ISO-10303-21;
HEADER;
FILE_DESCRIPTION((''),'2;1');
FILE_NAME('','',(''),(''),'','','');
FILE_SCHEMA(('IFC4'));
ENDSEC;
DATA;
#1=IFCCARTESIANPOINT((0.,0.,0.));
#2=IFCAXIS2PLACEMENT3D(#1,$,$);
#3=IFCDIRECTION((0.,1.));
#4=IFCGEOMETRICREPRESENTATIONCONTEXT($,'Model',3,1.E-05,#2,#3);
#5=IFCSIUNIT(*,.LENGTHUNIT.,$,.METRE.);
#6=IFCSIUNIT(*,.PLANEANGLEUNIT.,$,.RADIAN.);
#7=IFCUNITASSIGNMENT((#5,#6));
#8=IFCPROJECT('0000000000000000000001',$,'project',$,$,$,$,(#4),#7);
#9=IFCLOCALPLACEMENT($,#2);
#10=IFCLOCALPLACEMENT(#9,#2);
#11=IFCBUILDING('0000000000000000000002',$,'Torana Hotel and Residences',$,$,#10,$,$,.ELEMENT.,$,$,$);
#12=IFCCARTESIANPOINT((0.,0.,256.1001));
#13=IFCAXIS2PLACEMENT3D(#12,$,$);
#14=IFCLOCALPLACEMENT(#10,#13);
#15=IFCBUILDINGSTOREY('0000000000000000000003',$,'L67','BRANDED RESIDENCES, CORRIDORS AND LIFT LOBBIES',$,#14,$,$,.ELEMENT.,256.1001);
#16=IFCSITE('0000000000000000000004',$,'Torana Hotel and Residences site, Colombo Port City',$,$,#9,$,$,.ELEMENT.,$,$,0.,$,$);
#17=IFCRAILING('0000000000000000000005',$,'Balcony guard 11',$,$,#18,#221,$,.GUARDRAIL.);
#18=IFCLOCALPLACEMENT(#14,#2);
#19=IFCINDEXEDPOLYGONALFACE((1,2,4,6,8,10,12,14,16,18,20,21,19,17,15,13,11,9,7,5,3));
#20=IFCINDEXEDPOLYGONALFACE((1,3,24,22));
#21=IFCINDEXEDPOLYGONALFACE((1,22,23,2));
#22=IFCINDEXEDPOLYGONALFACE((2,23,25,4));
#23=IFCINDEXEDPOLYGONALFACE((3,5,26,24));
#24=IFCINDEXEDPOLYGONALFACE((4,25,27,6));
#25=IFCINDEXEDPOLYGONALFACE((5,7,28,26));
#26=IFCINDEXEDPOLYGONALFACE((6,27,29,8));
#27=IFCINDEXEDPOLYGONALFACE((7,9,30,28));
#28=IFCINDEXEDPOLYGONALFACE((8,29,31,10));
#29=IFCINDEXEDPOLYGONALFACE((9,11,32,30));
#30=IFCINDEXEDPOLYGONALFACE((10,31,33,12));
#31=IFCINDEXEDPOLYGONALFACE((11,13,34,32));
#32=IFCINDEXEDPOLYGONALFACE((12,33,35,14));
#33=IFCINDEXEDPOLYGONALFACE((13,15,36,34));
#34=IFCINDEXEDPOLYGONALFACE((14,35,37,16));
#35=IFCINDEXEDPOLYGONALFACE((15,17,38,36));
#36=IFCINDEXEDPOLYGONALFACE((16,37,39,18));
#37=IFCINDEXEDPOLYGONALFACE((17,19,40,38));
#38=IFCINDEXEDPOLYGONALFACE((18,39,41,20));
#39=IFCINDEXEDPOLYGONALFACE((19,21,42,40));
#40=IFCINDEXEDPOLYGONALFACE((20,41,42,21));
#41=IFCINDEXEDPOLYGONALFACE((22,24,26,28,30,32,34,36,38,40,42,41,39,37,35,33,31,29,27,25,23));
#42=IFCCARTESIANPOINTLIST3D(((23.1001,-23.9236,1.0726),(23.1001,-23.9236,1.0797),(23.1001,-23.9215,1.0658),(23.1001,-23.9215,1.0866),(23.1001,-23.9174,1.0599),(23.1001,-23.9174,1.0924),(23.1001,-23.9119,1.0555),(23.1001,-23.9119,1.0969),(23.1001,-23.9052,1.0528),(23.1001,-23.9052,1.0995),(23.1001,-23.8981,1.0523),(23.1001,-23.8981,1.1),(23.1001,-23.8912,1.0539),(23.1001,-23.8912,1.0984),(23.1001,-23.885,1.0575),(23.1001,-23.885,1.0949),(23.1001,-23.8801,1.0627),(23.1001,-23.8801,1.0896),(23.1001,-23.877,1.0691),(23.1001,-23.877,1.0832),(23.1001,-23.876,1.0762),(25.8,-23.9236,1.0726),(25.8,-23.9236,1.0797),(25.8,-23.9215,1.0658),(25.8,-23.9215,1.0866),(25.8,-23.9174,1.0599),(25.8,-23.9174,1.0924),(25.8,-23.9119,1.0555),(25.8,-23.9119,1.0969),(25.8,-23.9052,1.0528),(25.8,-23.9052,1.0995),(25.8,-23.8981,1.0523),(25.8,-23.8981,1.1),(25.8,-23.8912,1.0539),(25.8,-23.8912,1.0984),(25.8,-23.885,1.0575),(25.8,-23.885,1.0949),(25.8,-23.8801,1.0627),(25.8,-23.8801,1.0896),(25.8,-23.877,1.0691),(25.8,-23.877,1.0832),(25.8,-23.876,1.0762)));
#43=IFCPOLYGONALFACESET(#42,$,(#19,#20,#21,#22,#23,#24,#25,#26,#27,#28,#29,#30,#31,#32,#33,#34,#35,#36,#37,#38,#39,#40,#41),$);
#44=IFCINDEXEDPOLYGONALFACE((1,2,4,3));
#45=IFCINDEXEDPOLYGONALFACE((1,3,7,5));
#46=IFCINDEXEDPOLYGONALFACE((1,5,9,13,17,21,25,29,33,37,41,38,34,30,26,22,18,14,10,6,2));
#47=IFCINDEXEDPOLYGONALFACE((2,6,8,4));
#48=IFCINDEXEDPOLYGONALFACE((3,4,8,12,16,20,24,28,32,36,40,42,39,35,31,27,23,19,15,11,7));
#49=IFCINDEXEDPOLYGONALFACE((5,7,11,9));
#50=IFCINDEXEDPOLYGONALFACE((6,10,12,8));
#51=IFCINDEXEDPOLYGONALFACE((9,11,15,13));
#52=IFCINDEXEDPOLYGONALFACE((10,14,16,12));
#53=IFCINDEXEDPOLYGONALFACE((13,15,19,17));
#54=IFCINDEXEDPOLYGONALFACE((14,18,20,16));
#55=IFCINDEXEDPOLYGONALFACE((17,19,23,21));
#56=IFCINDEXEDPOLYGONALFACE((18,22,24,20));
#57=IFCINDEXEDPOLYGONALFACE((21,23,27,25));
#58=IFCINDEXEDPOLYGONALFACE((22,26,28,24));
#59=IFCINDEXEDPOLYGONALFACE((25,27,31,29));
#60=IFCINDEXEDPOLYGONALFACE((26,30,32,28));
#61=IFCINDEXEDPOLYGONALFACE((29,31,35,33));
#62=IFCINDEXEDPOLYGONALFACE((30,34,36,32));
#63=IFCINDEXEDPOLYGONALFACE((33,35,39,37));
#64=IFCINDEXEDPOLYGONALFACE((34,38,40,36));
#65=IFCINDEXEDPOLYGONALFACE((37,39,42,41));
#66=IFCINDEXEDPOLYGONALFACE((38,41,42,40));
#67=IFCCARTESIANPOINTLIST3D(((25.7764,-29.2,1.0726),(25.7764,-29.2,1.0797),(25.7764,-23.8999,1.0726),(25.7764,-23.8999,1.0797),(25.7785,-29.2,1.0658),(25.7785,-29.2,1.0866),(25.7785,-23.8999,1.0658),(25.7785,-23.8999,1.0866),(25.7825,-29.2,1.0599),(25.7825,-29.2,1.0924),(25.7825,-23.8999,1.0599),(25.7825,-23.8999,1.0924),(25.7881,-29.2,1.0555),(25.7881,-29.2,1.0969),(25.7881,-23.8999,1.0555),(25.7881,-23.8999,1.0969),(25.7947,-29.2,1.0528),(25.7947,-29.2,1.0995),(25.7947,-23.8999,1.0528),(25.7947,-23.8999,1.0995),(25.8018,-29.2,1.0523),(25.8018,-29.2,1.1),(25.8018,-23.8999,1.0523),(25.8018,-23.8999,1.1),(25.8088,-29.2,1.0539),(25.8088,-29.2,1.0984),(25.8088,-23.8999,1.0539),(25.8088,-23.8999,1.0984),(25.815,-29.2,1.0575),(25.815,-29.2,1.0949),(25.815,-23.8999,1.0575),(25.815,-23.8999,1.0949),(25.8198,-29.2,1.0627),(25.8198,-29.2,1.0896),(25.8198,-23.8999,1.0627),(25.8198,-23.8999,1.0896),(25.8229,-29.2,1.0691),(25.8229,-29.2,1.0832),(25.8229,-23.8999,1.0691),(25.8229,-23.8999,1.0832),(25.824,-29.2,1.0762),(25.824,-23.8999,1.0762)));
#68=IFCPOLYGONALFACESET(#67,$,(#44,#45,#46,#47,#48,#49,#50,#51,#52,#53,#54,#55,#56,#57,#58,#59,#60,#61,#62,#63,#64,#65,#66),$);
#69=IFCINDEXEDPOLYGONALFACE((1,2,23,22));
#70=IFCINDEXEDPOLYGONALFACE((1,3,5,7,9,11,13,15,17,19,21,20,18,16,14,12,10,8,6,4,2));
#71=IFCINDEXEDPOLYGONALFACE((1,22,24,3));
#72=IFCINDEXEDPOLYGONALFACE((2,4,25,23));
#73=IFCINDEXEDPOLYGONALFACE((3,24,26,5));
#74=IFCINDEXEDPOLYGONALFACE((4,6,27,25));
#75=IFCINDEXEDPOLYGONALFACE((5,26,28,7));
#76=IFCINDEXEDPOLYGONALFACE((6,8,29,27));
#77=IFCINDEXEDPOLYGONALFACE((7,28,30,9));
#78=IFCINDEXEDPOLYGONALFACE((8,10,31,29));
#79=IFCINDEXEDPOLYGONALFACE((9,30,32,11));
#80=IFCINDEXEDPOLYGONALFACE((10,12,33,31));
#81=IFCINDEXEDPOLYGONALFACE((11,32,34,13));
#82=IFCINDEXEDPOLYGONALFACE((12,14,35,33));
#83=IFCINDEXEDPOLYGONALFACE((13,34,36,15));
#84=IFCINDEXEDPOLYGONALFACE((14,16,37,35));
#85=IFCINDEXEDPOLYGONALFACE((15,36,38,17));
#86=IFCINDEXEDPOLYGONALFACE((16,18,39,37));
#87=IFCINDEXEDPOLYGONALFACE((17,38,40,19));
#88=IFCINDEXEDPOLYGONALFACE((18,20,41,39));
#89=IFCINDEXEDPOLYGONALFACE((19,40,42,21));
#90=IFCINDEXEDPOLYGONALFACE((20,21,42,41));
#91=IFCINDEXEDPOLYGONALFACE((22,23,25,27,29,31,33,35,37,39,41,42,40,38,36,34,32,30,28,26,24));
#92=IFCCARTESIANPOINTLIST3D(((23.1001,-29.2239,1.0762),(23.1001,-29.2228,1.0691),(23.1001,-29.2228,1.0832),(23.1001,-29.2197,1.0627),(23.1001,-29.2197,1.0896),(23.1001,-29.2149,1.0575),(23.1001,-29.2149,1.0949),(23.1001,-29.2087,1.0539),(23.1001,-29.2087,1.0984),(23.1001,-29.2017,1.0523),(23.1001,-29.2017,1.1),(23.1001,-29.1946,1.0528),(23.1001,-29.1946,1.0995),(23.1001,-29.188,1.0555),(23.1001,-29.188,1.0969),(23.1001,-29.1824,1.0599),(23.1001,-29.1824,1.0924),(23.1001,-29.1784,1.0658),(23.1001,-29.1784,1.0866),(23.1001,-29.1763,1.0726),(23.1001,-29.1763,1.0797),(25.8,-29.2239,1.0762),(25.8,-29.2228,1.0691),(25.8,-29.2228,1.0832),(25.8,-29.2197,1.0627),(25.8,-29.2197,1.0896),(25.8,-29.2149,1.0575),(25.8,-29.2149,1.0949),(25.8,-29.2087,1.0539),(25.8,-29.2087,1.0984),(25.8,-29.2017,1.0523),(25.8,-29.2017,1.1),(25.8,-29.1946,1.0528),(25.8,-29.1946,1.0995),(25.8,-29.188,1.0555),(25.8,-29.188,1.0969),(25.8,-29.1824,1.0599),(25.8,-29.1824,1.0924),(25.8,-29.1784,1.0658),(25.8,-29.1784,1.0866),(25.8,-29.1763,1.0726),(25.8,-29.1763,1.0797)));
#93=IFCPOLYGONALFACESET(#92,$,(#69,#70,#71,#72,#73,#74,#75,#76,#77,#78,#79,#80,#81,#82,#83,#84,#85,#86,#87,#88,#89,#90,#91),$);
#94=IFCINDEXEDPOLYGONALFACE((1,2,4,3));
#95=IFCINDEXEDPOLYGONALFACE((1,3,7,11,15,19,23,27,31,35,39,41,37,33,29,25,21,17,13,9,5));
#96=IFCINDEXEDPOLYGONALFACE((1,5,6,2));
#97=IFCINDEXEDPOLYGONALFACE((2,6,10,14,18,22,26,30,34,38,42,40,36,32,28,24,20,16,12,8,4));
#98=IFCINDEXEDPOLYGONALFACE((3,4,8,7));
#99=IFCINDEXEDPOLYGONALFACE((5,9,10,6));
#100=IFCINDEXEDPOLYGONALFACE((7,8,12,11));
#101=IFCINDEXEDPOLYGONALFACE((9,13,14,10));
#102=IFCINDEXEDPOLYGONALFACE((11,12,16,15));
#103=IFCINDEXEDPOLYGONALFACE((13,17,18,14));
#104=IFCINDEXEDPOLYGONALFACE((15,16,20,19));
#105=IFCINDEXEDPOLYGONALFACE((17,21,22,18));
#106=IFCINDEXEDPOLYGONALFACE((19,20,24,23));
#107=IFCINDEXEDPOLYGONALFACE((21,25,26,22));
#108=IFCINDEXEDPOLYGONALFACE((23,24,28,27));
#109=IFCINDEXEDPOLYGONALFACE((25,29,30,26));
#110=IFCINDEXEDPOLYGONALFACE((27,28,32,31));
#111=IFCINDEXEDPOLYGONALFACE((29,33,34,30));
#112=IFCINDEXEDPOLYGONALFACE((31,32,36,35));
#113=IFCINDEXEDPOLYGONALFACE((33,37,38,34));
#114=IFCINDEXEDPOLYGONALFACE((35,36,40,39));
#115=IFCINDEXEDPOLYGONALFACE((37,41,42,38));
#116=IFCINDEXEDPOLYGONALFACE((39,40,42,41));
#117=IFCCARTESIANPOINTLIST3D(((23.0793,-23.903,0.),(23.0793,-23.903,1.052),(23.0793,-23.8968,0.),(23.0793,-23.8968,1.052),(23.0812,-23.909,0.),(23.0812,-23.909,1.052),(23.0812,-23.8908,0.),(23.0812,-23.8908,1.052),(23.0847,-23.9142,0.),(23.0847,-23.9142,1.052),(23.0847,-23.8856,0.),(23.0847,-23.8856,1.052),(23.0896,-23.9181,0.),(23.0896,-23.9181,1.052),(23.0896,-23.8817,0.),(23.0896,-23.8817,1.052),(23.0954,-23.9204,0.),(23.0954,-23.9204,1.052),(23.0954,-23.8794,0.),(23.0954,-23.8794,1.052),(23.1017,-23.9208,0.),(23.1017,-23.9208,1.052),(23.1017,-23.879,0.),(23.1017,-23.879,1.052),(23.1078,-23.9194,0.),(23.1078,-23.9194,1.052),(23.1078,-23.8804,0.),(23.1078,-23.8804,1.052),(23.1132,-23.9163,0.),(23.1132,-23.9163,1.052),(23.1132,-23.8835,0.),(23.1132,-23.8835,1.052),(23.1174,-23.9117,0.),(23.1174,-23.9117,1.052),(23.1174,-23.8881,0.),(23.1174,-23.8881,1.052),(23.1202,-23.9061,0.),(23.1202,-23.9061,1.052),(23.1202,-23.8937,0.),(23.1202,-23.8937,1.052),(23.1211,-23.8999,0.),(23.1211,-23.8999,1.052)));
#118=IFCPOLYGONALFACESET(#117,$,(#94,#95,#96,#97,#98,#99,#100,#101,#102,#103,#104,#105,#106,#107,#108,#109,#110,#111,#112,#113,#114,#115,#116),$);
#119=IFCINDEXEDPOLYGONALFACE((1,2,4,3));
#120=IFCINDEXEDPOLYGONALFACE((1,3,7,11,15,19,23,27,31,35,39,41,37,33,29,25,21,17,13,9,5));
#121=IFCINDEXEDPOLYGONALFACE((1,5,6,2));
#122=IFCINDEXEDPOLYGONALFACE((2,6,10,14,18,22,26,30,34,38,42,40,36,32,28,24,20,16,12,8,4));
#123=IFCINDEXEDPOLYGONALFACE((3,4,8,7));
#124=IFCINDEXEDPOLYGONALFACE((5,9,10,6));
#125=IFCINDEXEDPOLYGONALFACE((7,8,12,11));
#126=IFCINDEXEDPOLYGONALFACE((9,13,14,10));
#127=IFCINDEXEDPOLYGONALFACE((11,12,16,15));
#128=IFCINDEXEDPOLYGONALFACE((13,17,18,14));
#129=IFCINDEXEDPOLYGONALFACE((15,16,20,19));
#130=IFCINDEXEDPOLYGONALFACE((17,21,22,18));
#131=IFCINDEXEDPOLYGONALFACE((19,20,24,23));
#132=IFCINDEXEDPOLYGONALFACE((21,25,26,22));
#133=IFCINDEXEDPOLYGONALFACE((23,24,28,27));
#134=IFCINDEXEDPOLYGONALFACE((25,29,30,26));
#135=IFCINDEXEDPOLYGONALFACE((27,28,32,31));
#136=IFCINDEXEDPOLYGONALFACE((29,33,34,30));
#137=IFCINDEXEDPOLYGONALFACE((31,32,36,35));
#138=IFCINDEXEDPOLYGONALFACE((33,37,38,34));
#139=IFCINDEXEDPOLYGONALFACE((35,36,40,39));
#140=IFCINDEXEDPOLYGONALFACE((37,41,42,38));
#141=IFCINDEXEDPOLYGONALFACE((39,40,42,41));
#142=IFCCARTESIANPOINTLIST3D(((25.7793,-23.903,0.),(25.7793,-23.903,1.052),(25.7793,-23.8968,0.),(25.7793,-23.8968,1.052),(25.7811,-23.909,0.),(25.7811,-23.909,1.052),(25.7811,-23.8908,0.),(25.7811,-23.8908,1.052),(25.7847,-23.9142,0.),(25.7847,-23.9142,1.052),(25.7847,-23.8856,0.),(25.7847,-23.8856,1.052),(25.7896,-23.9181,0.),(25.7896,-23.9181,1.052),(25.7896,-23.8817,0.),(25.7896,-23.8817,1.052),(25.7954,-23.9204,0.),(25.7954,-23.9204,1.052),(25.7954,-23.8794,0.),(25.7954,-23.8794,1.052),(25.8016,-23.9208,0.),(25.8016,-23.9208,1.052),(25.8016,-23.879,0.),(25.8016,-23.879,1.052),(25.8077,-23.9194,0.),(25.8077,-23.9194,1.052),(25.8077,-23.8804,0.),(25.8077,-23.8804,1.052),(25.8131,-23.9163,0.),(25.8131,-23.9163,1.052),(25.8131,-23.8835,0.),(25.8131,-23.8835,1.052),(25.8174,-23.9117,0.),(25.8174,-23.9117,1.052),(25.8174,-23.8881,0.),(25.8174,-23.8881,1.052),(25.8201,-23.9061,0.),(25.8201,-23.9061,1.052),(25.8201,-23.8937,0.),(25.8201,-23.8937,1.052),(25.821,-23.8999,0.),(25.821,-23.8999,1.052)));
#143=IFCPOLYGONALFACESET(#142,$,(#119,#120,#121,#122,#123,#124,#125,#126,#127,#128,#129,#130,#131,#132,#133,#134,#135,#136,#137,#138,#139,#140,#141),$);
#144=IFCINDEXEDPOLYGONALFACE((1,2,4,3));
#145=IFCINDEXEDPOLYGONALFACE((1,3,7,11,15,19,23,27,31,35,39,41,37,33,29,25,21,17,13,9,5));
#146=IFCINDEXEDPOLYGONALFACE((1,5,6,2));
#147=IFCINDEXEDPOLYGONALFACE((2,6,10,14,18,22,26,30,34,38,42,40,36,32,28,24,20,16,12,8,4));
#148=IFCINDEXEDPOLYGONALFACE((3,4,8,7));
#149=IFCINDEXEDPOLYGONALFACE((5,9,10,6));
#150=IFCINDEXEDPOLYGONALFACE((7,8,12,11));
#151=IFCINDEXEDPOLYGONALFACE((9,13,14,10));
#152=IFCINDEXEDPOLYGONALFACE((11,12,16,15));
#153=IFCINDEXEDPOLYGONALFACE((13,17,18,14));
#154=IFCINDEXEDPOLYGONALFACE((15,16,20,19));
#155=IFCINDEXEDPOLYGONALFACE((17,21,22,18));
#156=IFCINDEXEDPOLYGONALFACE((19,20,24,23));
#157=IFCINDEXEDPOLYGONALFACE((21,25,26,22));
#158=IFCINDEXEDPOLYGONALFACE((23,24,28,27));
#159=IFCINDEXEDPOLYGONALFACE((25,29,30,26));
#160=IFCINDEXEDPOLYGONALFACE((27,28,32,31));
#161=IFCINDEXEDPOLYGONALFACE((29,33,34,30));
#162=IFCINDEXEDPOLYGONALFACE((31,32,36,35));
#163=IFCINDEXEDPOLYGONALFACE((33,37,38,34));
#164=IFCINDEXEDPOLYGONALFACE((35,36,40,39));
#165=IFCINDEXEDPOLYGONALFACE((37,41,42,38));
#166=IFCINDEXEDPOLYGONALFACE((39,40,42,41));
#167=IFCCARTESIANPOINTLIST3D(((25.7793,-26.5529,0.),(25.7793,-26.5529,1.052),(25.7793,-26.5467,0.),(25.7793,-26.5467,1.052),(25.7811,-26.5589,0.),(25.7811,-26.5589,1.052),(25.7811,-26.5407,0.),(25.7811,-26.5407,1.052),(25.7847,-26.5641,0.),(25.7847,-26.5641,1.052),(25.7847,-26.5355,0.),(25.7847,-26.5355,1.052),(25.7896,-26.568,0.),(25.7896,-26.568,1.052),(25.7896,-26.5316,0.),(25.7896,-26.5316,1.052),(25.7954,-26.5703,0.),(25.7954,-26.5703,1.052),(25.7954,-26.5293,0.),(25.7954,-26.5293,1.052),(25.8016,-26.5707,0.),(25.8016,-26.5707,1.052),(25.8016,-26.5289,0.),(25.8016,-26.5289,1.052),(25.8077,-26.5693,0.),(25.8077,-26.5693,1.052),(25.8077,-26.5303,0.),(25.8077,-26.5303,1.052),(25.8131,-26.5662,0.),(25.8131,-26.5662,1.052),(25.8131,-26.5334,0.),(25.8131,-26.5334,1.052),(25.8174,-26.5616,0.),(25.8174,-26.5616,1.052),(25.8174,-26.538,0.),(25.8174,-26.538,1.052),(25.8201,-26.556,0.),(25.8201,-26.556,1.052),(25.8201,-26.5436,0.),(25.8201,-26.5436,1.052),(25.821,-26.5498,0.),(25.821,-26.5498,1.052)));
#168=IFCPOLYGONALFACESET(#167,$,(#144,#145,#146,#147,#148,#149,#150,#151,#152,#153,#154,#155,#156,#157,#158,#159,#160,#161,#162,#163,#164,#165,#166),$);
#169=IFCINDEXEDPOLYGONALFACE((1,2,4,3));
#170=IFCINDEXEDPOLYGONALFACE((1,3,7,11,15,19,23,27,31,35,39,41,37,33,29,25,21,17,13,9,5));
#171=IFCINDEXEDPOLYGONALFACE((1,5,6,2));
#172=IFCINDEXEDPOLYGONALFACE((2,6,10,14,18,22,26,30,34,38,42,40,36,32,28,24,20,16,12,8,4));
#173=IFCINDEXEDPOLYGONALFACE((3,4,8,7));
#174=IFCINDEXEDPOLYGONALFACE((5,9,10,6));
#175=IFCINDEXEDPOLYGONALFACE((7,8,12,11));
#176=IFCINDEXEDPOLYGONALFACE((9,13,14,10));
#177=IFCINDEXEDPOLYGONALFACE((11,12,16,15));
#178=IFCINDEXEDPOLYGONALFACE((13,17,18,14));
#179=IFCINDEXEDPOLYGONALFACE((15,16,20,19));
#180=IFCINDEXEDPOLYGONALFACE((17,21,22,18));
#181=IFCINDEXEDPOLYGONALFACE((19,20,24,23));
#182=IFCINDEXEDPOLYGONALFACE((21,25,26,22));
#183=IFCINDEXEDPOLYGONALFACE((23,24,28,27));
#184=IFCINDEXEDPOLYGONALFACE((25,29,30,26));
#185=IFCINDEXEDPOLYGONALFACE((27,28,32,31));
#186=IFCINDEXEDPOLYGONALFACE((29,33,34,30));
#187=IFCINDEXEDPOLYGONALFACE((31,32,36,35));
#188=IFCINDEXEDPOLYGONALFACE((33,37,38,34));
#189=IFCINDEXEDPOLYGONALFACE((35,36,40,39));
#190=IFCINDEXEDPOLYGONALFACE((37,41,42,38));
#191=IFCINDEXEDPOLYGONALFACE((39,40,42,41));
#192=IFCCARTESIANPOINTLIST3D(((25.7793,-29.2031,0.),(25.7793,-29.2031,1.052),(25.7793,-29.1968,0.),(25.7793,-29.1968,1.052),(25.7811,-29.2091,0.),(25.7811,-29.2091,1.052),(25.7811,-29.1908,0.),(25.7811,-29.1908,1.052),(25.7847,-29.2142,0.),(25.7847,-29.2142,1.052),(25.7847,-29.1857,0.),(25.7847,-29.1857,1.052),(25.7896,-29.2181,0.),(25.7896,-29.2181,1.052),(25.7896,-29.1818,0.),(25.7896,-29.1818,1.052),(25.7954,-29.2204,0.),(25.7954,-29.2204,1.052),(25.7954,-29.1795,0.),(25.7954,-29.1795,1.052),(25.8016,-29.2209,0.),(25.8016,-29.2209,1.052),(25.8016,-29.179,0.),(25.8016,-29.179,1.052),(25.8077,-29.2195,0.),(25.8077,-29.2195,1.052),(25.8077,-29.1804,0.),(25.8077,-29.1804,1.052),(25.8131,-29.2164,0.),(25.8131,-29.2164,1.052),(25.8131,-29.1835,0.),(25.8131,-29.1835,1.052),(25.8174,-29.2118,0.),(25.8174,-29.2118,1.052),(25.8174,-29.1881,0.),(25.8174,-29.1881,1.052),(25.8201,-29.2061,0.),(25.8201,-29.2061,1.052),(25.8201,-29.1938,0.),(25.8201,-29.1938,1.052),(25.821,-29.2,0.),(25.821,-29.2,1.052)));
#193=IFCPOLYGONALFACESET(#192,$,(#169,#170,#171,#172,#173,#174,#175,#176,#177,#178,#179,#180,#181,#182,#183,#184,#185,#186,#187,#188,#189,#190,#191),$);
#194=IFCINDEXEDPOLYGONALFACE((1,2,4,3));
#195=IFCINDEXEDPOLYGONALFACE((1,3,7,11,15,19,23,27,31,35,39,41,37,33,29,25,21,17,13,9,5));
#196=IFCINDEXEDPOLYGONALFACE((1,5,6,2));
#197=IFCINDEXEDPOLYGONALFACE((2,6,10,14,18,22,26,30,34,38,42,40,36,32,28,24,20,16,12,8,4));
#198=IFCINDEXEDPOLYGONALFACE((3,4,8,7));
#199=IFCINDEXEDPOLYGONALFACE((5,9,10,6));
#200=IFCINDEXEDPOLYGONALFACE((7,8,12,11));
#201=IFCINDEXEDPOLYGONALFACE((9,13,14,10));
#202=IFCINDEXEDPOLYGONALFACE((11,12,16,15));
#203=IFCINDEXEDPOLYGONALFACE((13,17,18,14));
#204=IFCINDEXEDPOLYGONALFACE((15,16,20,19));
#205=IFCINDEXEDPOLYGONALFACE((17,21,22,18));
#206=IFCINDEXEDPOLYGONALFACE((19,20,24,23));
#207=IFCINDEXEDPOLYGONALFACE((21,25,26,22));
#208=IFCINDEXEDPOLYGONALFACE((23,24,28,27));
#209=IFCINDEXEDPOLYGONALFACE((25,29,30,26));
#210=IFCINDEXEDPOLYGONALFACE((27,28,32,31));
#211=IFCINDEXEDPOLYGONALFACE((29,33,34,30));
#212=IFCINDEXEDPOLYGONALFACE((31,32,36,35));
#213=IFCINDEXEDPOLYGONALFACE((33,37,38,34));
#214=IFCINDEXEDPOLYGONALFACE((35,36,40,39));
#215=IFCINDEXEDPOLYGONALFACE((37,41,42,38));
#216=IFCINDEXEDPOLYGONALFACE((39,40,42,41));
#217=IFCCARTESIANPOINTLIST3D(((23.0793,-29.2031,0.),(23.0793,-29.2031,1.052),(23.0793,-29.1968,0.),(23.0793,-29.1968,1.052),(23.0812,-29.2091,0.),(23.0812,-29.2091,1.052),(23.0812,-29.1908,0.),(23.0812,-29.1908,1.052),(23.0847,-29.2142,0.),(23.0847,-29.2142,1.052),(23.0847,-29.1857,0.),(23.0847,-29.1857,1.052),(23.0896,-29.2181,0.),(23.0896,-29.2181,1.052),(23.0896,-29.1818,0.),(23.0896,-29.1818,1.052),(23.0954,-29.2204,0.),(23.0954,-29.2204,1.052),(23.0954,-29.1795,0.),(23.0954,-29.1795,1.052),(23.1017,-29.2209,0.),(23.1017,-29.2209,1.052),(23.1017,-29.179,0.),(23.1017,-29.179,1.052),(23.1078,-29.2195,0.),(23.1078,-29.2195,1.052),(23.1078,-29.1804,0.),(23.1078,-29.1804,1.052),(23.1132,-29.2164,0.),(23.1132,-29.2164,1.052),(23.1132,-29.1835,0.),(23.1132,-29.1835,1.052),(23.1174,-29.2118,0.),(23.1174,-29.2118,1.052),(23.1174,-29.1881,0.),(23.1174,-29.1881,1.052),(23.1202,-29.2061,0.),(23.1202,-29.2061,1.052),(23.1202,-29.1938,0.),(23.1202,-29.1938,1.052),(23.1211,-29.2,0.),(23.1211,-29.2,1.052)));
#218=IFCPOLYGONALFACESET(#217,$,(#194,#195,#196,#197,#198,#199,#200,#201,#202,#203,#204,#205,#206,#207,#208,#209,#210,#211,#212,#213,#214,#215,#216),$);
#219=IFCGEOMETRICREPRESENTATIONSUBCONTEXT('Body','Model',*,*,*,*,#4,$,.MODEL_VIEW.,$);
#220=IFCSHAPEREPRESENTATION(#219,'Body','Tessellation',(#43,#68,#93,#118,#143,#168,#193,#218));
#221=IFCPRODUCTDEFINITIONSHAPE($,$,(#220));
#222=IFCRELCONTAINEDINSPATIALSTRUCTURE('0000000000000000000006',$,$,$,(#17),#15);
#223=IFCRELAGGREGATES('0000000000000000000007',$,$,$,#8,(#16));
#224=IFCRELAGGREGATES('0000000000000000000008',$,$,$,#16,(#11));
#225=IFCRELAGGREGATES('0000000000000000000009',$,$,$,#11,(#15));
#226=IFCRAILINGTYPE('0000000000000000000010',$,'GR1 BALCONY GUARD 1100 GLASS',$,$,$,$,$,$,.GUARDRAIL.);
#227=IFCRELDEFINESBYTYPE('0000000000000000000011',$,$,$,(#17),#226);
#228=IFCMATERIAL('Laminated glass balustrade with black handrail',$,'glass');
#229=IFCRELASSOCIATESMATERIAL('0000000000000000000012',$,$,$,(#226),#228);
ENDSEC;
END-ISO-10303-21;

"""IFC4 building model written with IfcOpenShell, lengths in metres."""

from ifc_helpers import new_model, si_unit, direction, frame, origin, origin_2d, place, context, subcontext, project, spatial, circle, extrude, material, type_object, element, save


model = new_model("IFC4")

# Units and contexts
model_context = context("Model", 3, precision=1e-05, world=origin(), true_north=direction((0.0, 1.0)))
body_context = subcontext(model_context, "Body", "Model", "MODEL_VIEW")
ifc_project = project(units=[si_unit("LENGTHUNIT", "METRE"), si_unit("PLANEANGLEUNIT", "RADIAN")], contexts=[model_context])

# Site, building, storey
site_placement = place(None, origin())
site = spatial("IfcSite", under=ifc_project, at=site_placement, Name="Torana Hotel and Residences site, Colombo Port City", CompositionType="ELEMENT", RefElevation=0.0)
building_placement = place(site_placement, origin())
building = spatial("IfcBuilding", under=site, at=building_placement, Name="Torana Hotel and Residences", CompositionType="ELEMENT")
storey_placement = place(building_placement, frame((0.0, 0.0, 256.1001)))
storey = spatial("IfcBuildingStorey", under=building, at=storey_placement, Name="L67", Description="BRANDED RESIDENCES, CORRIDORS AND LIFT LOBBIES", CompositionType="ELEMENT", Elevation=256.1001)

# Railing
ifc_material_1 = material(Name="Laminated glass balustrade with black handrail", Category="glass")
railing_type = type_object("IfcRailingType", Name="GR1 BALCONY GUARD 1100 GLASS", PredefinedType="GUARDRAIL", material=ifc_material_1)
railing_1_placement = place(storey_placement, frame((23.1001, -23.8999, 0.0)))
element("IfcRailing", 1, at=railing_1_placement, inside=storey, type_object=railing_type, Name="Balcony guard 11", PredefinedType="GUARDRAIL", context=body_context, shape_type="SweptSolid", body=[
    extrude(circle(Radius=0.0239, at=origin_2d()), frame((0.0, 0.0, 1.0762), z_axis=(1.0, 0.0, 0.0), x_axis=(0.0, 1.0, 0.0)), (0.0, 0.0, 1.0), 2.7),
    extrude(circle(Radius=0.0239, at=origin_2d()), frame((2.7, 0.0, 1.0762), z_axis=(0.0, -1.0, 0.0), x_axis=(1.0, 0.0, 0.0)), (0.0, 0.0, 1.0), 5.3),
    extrude(circle(Radius=0.0239, at=origin_2d()), frame((2.7, -5.3, 1.0762), z_axis=(-1.0, 0.0, 0.0), x_axis=(0.0, -1.0, 0.0)), (0.0, 0.0, 1.0), 2.7),
    extrude(circle(Radius=0.021, at=origin_2d()), origin(), (0.0, 0.0, 1.0), 1.052),
    extrude(circle(Radius=0.021, at=origin_2d()), frame((2.7, 0.0, 0.0)), (0.0, 0.0, 1.0), 1.052),
    extrude(circle(Radius=0.021, at=origin_2d()), frame((2.7, -2.6499, 0.0)), (0.0, 0.0, 1.0), 1.052),
    extrude(circle(Radius=0.021, at=origin_2d()), frame((2.7, -5.3, 0.0)), (0.0, 0.0, 1.0), 1.052),
    extrude(circle(Radius=0.021, at=origin_2d()), frame((0.0, -5.3, 0.0)), (0.0, 0.0, 1.0), 1.052),
])

save(model, "model.ifc")
